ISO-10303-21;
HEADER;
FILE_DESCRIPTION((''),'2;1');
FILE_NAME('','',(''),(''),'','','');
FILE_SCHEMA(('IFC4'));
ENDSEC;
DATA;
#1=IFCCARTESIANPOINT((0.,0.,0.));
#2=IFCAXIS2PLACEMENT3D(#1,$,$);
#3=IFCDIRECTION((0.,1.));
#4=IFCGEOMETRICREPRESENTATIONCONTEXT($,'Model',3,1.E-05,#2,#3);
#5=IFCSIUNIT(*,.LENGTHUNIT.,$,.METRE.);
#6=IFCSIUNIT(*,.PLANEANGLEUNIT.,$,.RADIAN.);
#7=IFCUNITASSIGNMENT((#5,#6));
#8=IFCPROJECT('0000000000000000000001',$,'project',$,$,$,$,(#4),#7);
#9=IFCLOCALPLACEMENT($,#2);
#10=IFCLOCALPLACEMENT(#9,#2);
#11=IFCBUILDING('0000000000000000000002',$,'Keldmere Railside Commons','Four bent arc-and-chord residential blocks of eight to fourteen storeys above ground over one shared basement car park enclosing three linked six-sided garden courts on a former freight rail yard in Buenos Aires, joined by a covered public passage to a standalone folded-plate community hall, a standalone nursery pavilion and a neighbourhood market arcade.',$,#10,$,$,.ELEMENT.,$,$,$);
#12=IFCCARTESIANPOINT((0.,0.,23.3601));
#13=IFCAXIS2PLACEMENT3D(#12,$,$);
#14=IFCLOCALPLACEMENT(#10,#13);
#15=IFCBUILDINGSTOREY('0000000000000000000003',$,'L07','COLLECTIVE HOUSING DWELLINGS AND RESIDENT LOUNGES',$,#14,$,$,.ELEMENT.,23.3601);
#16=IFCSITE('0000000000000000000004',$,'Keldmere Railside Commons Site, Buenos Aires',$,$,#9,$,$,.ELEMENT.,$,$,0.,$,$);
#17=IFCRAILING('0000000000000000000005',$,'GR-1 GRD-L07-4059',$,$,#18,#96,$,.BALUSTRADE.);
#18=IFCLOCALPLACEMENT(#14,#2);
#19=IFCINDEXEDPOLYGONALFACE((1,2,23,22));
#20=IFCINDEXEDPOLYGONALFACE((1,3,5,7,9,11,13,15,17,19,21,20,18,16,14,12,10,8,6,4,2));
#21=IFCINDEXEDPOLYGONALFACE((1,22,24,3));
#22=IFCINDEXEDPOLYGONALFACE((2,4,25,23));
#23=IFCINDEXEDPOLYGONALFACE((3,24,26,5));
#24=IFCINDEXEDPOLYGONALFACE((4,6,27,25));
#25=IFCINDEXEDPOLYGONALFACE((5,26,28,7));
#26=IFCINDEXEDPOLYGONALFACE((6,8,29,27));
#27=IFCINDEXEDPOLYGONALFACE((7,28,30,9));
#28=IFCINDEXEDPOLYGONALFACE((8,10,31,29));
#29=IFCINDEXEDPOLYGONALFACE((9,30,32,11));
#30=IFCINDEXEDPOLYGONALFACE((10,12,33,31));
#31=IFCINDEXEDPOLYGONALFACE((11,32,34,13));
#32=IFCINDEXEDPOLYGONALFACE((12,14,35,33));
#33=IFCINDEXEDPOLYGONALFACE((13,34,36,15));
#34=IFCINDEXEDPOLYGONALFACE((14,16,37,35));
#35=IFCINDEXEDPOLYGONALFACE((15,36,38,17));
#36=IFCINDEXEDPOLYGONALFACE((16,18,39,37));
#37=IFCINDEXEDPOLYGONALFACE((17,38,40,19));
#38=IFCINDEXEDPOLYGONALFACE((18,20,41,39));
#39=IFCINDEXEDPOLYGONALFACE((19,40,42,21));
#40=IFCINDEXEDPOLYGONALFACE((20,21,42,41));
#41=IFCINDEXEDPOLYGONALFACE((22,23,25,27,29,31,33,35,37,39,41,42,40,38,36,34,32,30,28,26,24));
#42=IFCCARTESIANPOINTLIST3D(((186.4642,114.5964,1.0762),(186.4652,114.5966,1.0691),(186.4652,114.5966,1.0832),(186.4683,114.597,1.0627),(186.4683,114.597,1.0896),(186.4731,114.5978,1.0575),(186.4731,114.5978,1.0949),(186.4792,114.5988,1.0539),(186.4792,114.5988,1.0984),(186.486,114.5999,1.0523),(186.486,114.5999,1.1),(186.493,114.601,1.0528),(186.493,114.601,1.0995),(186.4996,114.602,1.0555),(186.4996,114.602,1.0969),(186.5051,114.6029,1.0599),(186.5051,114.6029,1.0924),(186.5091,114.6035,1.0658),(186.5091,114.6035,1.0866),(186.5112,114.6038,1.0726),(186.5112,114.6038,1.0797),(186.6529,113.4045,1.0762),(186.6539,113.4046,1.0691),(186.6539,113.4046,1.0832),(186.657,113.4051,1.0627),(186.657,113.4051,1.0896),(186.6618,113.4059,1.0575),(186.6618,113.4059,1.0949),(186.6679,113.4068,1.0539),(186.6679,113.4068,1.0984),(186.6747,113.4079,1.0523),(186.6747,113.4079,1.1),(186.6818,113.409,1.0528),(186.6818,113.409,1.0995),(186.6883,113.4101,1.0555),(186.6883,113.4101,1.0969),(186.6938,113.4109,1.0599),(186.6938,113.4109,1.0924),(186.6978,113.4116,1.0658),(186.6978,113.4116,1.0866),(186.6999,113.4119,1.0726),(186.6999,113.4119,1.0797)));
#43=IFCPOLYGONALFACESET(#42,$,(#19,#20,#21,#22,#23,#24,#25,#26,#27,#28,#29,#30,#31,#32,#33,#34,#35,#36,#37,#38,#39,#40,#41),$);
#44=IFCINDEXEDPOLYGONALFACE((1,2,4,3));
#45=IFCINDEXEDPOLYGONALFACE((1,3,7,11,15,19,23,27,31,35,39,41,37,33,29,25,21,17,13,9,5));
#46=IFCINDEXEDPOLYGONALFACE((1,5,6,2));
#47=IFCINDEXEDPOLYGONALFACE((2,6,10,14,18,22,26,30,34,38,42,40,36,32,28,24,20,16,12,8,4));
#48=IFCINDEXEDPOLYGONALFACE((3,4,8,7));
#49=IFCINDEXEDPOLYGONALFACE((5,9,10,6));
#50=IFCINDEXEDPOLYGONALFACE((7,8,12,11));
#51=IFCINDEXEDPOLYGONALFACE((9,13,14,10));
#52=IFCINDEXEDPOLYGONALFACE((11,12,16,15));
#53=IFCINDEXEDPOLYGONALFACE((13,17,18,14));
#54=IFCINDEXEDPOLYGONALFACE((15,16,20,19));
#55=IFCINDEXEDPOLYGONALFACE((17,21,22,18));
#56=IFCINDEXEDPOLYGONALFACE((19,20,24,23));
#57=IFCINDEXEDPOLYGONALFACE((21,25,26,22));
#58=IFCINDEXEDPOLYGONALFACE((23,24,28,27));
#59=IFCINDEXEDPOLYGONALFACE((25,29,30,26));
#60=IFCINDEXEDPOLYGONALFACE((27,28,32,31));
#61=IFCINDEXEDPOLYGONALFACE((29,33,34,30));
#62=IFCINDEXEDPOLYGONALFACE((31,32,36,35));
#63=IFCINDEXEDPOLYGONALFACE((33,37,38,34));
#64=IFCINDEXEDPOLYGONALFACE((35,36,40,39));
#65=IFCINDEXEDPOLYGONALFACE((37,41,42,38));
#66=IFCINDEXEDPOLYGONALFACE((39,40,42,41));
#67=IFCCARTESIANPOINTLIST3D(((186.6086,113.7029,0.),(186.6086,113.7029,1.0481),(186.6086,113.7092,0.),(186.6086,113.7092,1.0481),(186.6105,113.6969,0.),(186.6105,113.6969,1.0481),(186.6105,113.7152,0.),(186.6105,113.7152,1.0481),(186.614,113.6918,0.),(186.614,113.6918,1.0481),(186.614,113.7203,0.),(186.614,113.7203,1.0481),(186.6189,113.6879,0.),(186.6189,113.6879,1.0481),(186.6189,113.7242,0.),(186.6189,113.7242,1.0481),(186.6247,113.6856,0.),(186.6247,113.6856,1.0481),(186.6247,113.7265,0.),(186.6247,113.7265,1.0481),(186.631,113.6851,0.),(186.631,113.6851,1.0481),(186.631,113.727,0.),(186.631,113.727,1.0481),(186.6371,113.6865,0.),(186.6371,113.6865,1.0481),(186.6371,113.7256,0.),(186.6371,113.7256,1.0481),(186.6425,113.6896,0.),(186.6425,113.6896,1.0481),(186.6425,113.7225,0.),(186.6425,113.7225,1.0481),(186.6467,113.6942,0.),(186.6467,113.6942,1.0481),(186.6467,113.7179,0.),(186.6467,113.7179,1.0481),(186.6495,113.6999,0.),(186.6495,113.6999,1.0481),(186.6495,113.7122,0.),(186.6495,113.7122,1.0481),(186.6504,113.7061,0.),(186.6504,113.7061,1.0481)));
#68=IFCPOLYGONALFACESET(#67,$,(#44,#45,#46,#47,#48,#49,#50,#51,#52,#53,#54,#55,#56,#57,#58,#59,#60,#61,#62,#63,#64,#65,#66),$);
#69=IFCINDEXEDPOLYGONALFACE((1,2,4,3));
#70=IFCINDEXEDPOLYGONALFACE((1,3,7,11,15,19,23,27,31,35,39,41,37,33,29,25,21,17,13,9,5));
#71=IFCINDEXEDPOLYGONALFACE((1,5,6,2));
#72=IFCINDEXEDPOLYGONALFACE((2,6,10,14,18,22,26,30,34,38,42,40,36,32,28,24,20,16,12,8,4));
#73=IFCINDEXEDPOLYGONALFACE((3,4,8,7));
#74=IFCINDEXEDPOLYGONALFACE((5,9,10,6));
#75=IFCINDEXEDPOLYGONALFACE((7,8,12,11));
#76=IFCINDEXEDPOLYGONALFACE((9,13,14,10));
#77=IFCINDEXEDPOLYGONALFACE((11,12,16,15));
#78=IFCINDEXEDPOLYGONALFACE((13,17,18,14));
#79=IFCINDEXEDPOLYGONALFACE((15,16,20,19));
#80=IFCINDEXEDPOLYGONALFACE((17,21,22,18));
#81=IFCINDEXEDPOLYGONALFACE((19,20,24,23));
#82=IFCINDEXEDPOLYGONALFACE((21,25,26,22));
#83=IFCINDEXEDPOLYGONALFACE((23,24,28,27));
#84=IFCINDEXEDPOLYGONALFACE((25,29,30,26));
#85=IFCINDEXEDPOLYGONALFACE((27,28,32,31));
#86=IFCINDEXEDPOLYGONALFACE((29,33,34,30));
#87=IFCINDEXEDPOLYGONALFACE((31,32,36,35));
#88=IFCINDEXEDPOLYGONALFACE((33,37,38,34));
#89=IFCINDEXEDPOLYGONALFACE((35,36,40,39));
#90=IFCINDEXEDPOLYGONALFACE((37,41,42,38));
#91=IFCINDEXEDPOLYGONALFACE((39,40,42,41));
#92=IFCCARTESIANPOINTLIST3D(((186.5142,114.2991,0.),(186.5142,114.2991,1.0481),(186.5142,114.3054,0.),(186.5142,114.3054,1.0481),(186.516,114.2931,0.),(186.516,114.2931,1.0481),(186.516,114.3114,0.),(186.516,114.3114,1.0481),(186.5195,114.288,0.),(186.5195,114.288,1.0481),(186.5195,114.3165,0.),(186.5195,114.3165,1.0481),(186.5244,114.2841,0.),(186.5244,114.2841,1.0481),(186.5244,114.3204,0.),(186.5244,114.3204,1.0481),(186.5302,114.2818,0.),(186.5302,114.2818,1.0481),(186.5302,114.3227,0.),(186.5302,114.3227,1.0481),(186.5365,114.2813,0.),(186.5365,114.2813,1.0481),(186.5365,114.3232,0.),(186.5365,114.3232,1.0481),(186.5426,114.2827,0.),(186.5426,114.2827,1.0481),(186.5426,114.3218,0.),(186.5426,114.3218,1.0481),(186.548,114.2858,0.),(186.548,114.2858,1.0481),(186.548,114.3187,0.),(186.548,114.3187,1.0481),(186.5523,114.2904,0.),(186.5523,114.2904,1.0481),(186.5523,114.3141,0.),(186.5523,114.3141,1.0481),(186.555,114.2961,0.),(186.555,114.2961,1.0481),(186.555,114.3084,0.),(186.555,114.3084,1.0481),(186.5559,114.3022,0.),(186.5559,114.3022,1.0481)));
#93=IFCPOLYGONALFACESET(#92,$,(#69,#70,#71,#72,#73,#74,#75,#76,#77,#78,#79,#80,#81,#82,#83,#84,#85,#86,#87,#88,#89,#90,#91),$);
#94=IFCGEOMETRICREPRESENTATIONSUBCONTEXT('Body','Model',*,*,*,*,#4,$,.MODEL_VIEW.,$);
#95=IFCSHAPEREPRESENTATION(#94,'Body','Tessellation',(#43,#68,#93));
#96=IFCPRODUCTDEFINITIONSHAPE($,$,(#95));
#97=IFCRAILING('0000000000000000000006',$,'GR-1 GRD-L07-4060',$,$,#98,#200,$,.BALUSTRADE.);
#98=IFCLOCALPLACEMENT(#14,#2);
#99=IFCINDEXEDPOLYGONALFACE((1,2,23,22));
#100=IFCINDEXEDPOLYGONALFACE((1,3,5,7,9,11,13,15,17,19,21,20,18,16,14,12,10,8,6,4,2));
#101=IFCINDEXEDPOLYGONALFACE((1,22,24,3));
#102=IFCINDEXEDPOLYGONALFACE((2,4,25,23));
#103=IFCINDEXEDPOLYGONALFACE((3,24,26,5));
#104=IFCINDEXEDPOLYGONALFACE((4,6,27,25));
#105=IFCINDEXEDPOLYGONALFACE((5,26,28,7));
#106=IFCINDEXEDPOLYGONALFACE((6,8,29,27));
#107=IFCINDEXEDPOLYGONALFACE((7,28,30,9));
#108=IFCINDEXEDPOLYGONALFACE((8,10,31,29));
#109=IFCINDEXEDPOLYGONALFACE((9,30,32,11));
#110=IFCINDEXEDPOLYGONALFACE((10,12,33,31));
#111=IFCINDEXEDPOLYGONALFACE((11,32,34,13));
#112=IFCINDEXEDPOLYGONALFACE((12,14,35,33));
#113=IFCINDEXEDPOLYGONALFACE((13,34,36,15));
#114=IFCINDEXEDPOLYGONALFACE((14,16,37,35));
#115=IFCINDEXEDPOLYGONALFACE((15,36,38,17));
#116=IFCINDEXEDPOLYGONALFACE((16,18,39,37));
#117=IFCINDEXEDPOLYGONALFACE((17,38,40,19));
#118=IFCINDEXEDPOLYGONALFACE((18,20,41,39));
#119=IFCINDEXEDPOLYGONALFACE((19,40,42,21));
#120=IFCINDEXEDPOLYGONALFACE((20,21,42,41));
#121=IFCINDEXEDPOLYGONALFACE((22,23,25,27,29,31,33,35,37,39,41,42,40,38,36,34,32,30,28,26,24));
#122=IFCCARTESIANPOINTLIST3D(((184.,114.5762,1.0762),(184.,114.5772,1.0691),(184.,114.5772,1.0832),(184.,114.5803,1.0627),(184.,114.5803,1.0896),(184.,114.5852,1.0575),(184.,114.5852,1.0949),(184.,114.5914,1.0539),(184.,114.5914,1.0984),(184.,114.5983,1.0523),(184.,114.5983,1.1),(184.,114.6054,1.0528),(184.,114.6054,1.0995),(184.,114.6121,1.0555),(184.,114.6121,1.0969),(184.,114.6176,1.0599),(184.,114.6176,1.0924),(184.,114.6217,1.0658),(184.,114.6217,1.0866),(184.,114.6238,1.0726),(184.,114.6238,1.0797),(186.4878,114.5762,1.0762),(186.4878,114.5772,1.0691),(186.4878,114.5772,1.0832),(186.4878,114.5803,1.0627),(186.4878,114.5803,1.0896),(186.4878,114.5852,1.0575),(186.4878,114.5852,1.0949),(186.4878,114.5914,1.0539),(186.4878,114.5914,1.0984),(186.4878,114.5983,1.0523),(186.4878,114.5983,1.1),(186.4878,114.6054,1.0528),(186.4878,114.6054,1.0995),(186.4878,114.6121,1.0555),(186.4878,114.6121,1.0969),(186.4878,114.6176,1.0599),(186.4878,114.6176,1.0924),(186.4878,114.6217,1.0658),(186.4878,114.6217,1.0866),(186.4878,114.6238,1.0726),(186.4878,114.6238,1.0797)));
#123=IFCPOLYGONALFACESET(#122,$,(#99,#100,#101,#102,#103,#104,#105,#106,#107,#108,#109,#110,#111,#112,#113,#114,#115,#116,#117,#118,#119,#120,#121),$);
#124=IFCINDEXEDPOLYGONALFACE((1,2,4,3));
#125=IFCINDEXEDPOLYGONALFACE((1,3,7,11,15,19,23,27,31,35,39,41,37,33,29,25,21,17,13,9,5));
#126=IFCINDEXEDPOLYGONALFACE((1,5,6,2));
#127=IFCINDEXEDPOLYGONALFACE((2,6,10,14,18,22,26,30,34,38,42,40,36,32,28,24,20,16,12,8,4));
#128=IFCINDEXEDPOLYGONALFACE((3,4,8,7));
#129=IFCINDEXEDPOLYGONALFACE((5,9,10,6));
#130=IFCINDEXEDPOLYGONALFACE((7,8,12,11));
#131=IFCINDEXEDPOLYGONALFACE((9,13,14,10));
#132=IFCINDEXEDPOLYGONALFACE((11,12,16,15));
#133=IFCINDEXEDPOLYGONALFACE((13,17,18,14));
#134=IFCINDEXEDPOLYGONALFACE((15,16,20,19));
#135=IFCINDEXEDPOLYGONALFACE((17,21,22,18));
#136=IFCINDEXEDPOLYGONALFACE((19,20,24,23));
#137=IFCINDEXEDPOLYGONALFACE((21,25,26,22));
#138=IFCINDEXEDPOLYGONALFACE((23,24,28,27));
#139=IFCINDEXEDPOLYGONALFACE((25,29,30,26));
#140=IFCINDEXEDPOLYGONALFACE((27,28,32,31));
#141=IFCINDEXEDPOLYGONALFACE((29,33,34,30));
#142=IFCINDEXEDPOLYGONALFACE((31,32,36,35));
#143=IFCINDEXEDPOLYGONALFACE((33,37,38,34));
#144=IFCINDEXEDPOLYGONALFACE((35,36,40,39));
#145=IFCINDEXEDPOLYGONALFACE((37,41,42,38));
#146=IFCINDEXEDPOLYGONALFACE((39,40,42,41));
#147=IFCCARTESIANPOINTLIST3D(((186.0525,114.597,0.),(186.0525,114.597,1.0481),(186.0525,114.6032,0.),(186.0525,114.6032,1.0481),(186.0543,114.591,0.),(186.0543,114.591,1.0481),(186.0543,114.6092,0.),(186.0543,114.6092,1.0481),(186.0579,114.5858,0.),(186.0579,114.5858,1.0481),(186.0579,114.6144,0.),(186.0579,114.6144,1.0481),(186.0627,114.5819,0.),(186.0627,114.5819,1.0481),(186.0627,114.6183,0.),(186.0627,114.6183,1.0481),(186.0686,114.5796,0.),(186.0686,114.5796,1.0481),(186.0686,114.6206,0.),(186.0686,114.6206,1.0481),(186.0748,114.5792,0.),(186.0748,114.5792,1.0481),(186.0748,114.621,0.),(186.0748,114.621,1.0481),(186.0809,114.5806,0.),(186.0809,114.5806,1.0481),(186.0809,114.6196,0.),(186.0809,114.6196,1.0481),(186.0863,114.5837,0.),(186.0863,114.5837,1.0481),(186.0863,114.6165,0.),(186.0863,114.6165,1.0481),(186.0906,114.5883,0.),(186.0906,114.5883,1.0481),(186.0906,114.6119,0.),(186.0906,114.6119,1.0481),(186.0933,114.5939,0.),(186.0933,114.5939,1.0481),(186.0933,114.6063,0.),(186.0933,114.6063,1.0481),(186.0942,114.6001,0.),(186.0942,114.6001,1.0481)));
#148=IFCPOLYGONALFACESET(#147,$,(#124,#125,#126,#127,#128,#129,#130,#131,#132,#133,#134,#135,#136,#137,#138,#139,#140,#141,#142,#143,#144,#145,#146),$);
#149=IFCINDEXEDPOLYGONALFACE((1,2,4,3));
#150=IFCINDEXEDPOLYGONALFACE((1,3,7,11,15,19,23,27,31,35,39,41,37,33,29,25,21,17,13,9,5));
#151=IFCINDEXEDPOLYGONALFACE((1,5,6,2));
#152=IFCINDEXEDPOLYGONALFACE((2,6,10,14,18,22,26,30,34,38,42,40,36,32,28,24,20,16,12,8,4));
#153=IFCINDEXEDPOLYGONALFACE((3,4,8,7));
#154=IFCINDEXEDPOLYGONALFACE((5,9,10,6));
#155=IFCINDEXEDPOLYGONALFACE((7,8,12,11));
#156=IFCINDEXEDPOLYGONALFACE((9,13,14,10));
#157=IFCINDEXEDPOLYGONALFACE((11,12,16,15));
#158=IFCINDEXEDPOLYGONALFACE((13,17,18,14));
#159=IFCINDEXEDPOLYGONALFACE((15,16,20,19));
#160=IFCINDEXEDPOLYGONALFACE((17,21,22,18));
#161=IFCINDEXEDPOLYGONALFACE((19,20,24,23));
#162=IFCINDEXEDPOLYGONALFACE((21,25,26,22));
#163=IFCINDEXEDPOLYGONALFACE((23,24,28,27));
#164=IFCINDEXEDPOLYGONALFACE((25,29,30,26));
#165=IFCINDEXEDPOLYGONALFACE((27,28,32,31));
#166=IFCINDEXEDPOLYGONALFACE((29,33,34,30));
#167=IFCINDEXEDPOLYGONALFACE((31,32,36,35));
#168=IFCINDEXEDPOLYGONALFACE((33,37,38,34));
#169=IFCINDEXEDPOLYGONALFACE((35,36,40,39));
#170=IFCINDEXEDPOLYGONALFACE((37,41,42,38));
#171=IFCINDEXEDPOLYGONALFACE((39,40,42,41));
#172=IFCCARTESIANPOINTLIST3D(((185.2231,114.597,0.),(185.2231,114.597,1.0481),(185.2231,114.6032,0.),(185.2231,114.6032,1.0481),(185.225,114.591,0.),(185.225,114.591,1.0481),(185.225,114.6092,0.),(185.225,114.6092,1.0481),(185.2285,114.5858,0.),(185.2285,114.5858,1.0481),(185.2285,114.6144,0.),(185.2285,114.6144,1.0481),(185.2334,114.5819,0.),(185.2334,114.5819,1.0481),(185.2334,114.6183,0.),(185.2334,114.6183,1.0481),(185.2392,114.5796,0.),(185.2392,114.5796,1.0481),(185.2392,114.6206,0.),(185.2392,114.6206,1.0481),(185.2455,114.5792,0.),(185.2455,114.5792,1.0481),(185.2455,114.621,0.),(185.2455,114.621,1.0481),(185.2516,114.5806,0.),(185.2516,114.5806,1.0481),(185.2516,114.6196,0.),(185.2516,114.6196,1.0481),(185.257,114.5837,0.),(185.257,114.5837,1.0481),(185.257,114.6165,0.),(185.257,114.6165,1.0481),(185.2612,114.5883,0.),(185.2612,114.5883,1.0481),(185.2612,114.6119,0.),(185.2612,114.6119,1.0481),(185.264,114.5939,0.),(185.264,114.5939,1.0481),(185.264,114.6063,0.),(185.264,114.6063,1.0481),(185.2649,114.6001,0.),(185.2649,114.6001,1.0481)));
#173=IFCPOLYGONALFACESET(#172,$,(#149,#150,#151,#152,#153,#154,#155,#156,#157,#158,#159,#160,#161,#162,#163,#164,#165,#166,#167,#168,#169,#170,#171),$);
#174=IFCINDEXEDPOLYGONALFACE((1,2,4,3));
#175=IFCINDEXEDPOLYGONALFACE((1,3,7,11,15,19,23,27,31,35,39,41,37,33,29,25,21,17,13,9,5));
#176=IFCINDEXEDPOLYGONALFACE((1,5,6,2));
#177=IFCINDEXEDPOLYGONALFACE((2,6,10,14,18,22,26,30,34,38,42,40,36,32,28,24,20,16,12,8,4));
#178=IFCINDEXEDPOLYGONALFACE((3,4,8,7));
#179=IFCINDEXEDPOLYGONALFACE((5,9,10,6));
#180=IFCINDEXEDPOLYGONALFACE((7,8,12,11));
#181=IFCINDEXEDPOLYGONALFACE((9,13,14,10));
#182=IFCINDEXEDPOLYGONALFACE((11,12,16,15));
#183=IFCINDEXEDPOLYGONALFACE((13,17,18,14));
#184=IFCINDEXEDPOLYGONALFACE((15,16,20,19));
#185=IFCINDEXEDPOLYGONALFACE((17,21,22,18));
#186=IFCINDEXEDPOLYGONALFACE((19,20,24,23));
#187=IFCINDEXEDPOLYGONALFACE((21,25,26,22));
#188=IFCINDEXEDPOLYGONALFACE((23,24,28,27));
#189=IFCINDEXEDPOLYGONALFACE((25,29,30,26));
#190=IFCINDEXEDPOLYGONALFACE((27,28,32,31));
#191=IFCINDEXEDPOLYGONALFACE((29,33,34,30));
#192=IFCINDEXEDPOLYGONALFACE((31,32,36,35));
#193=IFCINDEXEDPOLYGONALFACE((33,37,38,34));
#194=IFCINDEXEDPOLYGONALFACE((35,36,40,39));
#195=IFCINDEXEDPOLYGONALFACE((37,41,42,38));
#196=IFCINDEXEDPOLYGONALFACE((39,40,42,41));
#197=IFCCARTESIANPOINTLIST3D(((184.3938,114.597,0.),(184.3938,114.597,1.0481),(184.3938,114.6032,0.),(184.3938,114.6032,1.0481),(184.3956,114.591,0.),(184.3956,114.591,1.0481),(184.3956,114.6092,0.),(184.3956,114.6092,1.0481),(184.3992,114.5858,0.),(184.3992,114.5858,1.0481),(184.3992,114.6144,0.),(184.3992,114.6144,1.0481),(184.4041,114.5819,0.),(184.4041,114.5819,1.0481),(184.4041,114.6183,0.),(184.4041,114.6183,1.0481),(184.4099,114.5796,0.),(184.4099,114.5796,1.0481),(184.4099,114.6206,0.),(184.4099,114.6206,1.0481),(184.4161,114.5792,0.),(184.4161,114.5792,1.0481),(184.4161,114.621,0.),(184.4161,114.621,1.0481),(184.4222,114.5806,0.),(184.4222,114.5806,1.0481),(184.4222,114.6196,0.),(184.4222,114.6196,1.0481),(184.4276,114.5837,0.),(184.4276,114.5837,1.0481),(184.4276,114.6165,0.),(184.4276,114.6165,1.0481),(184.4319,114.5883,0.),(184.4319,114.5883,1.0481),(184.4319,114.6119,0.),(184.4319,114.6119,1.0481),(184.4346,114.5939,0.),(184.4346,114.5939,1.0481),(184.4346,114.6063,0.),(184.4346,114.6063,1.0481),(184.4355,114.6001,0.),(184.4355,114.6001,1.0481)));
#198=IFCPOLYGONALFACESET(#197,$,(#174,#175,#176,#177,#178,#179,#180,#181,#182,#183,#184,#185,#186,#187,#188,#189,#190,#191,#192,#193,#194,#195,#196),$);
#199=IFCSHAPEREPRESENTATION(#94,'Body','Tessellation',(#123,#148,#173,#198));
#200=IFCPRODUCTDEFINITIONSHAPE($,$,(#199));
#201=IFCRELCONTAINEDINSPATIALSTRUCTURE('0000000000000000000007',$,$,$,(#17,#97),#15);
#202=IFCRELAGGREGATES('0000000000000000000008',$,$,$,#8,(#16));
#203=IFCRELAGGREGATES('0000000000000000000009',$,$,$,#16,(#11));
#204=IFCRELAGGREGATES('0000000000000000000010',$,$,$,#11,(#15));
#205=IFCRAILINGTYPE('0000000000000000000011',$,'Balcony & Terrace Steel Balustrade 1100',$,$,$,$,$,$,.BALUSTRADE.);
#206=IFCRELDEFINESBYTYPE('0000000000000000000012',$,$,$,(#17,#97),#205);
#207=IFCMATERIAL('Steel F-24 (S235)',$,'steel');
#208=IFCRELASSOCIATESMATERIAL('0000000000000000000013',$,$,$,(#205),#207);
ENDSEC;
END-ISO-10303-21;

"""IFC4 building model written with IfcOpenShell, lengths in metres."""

from ifc_helpers import new_model, si_unit, direction, frame, origin, origin_2d, place, context, subcontext, project, spatial, circle, extrude, material, type_object, element, save


model = new_model("IFC4")

# Units and contexts
model_context = context("Model", 3, precision=1e-05, world=origin(), true_north=direction((0.0, 1.0)))
body_context = subcontext(model_context, "Body", "Model", "MODEL_VIEW")
ifc_project = project(units=[si_unit("LENGTHUNIT", "METRE"), si_unit("PLANEANGLEUNIT", "RADIAN")], contexts=[model_context])

# Site, building, storey
site_placement = place(None, origin())
site = spatial("IfcSite", under=ifc_project, at=site_placement, Name="Keldmere Railside Commons Site, Buenos Aires", CompositionType="ELEMENT", RefElevation=0.0)
building_placement = place(site_placement, origin())
building = spatial("IfcBuilding", under=site, at=building_placement, Name="Keldmere Railside Commons", Description="Four bent arc-and-chord residential blocks of eight to fourteen storeys above ground over one shared basement car park enclosing three linked six-sided garden courts on a former freight rail yard in Buenos Aires, joined by a covered public passage to a standalone folded-plate community hall, a standalone nursery pavilion and a neighbourhood market arcade.", CompositionType="ELEMENT")
storey_placement = place(building_placement, frame((0.0, 0.0, 23.3601)))
storey = spatial("IfcBuildingStorey", under=building, at=storey_placement, Name="L07", Description="COLLECTIVE HOUSING DWELLINGS AND RESIDENT LOUNGES", CompositionType="ELEMENT", Elevation=23.3601)

# Railings
ifc_material_1 = material(Name="Steel F-24 (S235)", Category="steel")
railing_type = type_object("IfcRailingType", Name="Balcony & Terrace Steel Balustrade 1100", PredefinedType="BALUSTRADE", material=ifc_material_1)
railing_1_placement = place(storey_placement, frame((186.6765, 113.4082, 0.0)))
element("IfcRailing", 1, at=railing_1_placement, inside=storey, type_object=railing_type, Name="GR-1 GRD-L07-4059", PredefinedType="BALUSTRADE", context=body_context, shape_type="SweptSolid", body=[
    extrude(circle(Radius=0.0239, at=origin_2d()), frame((0.0, 0.0, 1.0762), z_axis=(-0.156389, 0.987696, 0.0), x_axis=(-0.987696, -0.156389, 0.0)), (0.0, 0.0, 1.0), 1.2068),
    extrude(circle(Radius=0.021, at=origin_2d()), frame((-0.0471, 0.2979, 0.0)), (0.0, 0.0, 1.0), 1.0481),
    extrude(circle(Radius=0.021, at=origin_2d()), frame((-0.1416, 0.894, 0.0)), (0.0, 0.0, 1.0), 1.0481),
])
railing_2_placement = place(storey_placement, frame((186.4878, 114.6001, 0.0)))
element("IfcRailing", 2, at=railing_2_placement, inside=storey, type_object=railing_type, Name="GR-1 GRD-L07-4060", PredefinedType="BALUSTRADE", context=body_context, shape_type="SweptSolid", body=[
    extrude(circle(Radius=0.0239, at=origin_2d()), frame((0.0, 0.0, 1.0762), z_axis=(-1.0, 0.0, 0.0), x_axis=(0.0, -1.0, 0.0)), (0.0, 0.0, 1.0), 2.4878),
    extrude(circle(Radius=0.021, at=origin_2d()), frame((-0.4146, 0.0, 0.0)), (0.0, 0.0, 1.0), 1.0481),
    extrude(circle(Radius=0.021, at=origin_2d()), frame((-1.2439, 0.0, 0.0)), (0.0, 0.0, 1.0), 1.0481),
    extrude(circle(Radius=0.021, at=origin_2d()), frame((-2.0732, 0.0, 0.0)), (0.0, 0.0, 1.0), 1.0481),
])

save(model, "model.ifc")
